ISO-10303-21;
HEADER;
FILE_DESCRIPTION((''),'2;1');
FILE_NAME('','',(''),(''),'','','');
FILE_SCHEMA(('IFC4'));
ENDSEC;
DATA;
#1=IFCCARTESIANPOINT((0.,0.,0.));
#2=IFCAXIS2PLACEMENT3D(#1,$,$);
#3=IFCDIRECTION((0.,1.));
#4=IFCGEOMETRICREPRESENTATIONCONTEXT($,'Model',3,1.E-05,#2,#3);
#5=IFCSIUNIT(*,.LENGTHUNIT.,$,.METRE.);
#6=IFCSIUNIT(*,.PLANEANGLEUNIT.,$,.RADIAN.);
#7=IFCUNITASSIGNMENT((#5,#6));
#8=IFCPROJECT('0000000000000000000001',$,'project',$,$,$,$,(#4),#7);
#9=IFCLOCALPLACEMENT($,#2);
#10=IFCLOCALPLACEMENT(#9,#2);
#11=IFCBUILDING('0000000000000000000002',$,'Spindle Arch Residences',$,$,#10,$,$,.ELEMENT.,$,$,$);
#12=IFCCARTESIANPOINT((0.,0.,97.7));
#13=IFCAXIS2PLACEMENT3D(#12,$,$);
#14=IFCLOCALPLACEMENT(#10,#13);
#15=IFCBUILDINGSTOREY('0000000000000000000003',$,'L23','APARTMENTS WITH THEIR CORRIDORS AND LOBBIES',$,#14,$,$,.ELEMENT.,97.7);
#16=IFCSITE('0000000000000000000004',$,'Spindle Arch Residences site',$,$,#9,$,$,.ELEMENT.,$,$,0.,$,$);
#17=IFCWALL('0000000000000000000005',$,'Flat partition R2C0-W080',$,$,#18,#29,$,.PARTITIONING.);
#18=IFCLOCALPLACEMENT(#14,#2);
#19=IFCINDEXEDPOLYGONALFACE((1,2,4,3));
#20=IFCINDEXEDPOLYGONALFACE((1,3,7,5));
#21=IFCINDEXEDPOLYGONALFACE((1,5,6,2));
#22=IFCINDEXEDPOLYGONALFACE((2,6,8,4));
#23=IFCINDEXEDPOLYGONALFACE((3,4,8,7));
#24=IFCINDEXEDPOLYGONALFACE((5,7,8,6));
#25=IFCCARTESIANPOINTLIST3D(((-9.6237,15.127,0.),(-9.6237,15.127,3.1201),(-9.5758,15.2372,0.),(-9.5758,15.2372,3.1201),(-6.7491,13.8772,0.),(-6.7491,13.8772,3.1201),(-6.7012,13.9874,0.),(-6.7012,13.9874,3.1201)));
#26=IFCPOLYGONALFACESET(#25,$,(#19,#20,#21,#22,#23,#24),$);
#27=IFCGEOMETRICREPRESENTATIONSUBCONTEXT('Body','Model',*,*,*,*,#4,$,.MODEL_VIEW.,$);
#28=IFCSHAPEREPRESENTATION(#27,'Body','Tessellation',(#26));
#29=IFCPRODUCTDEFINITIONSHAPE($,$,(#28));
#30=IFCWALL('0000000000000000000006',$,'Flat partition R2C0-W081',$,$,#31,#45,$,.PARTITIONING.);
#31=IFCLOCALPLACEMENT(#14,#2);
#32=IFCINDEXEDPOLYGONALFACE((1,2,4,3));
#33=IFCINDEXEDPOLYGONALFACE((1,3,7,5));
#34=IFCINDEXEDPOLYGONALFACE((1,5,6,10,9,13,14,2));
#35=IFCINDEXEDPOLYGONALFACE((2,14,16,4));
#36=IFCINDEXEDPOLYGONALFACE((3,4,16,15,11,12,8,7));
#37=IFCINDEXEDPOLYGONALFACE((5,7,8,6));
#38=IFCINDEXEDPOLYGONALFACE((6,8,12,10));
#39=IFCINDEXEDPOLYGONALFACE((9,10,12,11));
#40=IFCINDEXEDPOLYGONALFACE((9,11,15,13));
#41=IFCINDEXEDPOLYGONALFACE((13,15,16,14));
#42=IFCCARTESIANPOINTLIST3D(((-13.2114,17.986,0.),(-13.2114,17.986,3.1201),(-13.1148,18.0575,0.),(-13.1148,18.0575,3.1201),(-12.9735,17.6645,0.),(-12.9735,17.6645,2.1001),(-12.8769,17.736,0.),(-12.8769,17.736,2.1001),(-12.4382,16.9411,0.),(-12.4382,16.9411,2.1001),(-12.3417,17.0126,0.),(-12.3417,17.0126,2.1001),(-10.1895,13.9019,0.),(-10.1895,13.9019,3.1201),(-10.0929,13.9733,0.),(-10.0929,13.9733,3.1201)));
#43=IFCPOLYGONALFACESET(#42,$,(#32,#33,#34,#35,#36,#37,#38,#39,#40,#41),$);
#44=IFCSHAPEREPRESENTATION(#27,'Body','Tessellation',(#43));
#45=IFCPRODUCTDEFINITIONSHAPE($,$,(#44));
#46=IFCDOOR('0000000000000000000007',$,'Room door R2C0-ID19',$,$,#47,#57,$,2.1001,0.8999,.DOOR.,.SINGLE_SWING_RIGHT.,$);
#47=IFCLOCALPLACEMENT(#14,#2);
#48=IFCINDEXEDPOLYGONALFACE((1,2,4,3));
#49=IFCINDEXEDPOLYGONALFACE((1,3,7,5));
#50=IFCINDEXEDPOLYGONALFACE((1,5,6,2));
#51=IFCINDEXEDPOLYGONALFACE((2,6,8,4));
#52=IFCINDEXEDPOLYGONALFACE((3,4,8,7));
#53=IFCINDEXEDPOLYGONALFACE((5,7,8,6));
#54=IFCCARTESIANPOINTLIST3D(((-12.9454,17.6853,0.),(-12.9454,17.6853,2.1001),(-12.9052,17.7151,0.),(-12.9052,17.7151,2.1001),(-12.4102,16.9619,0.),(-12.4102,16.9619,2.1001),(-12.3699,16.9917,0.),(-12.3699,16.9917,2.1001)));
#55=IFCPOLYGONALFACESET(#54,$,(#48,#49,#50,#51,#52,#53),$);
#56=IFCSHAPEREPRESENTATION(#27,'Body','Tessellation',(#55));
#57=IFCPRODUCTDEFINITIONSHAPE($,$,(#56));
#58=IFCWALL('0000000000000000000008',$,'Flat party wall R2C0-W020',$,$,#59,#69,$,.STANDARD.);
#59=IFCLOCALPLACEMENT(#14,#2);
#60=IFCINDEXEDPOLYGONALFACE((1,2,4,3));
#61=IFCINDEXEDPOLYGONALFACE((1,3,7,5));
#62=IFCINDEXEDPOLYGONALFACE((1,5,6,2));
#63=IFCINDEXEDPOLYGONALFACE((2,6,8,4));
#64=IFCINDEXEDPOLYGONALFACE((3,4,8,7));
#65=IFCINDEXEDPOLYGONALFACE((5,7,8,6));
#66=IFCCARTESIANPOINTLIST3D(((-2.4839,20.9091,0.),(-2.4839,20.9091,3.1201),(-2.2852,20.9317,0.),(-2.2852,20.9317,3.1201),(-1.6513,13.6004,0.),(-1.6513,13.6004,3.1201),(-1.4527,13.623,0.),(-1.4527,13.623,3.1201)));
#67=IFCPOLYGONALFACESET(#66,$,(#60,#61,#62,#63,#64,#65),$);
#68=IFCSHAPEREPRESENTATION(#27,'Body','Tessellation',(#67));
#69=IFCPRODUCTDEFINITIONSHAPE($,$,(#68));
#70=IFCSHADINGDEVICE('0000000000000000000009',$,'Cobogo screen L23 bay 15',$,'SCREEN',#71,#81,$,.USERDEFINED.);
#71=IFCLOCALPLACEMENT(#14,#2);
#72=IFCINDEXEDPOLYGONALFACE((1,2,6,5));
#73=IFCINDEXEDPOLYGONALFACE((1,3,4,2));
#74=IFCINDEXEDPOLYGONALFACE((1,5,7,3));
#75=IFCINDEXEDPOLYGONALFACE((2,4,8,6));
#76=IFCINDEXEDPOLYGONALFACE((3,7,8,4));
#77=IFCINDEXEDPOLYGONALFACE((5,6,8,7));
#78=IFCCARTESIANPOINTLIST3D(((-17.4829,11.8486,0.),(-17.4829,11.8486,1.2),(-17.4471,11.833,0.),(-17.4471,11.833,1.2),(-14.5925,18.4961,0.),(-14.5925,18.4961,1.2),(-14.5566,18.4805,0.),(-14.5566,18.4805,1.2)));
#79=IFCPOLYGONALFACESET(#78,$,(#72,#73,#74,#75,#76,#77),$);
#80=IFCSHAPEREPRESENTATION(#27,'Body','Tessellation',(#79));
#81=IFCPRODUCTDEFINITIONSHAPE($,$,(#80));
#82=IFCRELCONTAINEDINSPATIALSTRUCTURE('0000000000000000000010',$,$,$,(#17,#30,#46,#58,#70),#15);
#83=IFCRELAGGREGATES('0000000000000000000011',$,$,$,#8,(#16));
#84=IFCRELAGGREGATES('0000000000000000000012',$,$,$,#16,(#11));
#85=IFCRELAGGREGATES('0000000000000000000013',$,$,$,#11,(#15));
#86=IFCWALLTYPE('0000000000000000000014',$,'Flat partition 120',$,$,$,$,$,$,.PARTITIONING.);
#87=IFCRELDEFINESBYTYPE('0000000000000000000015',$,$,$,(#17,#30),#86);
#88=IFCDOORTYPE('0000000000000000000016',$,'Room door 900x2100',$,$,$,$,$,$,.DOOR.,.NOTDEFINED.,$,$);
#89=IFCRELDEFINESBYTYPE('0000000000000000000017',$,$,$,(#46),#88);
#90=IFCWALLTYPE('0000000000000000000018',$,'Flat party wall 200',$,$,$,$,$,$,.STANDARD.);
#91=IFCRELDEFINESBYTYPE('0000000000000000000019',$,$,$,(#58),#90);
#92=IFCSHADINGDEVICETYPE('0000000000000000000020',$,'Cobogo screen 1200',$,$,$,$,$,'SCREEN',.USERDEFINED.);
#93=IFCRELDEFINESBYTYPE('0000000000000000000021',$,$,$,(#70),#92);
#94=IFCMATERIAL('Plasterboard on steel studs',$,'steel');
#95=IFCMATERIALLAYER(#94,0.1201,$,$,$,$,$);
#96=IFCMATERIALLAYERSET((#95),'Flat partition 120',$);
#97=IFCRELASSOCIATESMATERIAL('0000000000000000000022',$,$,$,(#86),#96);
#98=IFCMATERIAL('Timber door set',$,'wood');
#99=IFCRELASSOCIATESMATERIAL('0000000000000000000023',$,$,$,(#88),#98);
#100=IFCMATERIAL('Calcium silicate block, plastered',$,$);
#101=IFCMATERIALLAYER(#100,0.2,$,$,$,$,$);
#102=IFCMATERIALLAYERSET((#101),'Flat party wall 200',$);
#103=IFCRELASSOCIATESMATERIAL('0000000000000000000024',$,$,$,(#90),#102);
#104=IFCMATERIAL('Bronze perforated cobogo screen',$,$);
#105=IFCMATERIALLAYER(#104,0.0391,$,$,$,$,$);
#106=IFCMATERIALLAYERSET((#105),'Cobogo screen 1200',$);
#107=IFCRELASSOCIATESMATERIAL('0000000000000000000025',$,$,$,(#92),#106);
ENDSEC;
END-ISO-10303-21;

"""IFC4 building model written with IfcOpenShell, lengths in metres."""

from ifc_helpers import new_model, si_unit, direction, frame, frame_2d, origin, origin_2d, place, context, subcontext, project, spatial, rectangle, extrude, material, layer, layer_set, type_object, element, fill, save


model = new_model("IFC4")

# Units and contexts
model_context = context("Model", 3, precision=1e-05, world=origin(), true_north=direction((0.0, 1.0)))
body_context = subcontext(model_context, "Body", "Model", "MODEL_VIEW")
ifc_project = project(units=[si_unit("LENGTHUNIT", "METRE"), si_unit("PLANEANGLEUNIT", "RADIAN")], contexts=[model_context])

# Site, building, storey
site_placement = place(None, origin())
site = spatial("IfcSite", under=ifc_project, at=site_placement, Name="Spindle Arch Residences site", CompositionType="ELEMENT", RefElevation=0.0)
building_placement = place(site_placement, origin())
building = spatial("IfcBuilding", under=site, at=building_placement, Name="Spindle Arch Residences", CompositionType="ELEMENT")
storey_placement = place(building_placement, frame((0.0, 0.0, 97.7)))
storey = spatial("IfcBuildingStorey", under=building, at=storey_placement, Name="L23", Description="APARTMENTS WITH THEIR CORRIDORS AND LOBBIES", CompositionType="ELEMENT", Elevation=97.7)

# Shared definitions
ifc_material_1 = material(Name="Plasterboard on steel studs", Category="steel")
ifc_layer_1 = layer(ifc_material_1, 0.1201)
ifc_layer_set_1 = layer_set([ifc_layer_1], Name="Flat partition 120")
wall_type_1 = type_object("IfcWallType", Name="Flat partition 120", PredefinedType="PARTITIONING", material=ifc_layer_set_1)

# Shared definitions
ifc_material_2 = material(Name="Timber door set", Category="wood")
door_type_1 = type_object("IfcDoorType", Name="Room door 900x2100", OperationType="NOTDEFINED", PredefinedType="DOOR", material=ifc_material_2)

# Wall
wall_1_placement = place(storey_placement, frame((-9.5999, 15.1821, 0.0), z_axis=(0.0, 0.0, 1.0), x_axis=(0.917074, -0.398718, 0.0)))
element("IfcWall", 1, at=wall_1_placement, inside=storey, type_object=wall_type_1, Name="Flat partition R2C0-W080", PredefinedType="PARTITIONING", context=body_context, shape_type="SweptSolid", body=[
    extrude(rectangle(XDim=3.1345, YDim=0.1201, at=frame_2d((1.5674, 0.0))), origin(), (0.0, 0.0, 1.0), 3.1201),
])

# Wall, opening, door
wall_2_placement = place(storey_placement, frame((-13.1631, 18.0217, 0.0), z_axis=(0.0, 0.0, 1.0), x_axis=(0.594798, -0.803875, 0.0)))
wall_2 = element("IfcWall", 2, at=wall_2_placement, inside=storey, type_object=wall_type_1, Name="Flat partition R2C0-W081", PredefinedType="PARTITIONING", context=body_context, shape_type="SweptSolid", body=[
    extrude(rectangle(XDim=5.0806, YDim=0.1201, at=frame_2d((2.5403, 0.0))), origin(), (0.0, 0.0, 1.0), 3.1201),
])
opening_1_placement = place(wall_2_placement, frame((0.3999, 0.0, 0.0)))
opening_1 = element("IfcOpeningElement", 3, at=opening_1_placement, cuts=wall_2, PredefinedType="OPENING", context=body_context, shape_type="SweptSolid", body=[
    extrude(rectangle(XDim=0.8999, YDim=2.1001, at=frame_2d((0.45, 1.05))), frame((0.0, 0.0701, 0.0), z_axis=(0.0, -1.0, 0.0), x_axis=(1.0, 0.0, 0.0)), (0.0, 0.0, 1.0), 0.1401),
])
door_1_placement = place(opening_1_placement, origin())
door_1 = element("IfcDoor", 4, at=door_1_placement, inside=storey, type_object=door_type_1, Name="Room door R2C0-ID19", OperationType="SINGLE_SWING_RIGHT", OverallHeight=2.1001, OverallWidth=0.8999, PredefinedType="DOOR", context=body_context, shape_type="SweptSolid", body=[
    extrude(rectangle(XDim=0.8999, YDim=2.1001, at=frame_2d((0.45, 1.05))), frame((0.0, 0.0249, 0.0), z_axis=(0.0, -1.0, 0.0), x_axis=(1.0, 0.0, 0.0)), (0.0, 0.0, 1.0), 0.05),
])
fill(opening_1, door_1)

# Wall
ifc_material_3 = material(Name="Calcium silicate block, plastered")
ifc_layer_2 = layer(ifc_material_3, 0.2)
ifc_layer_set_2 = layer_set([ifc_layer_2], Name="Flat party wall 200")
wall_type_2 = type_object("IfcWallType", Name="Flat party wall 200", PredefinedType="STANDARD", material=ifc_layer_set_2)
wall_3_placement = place(storey_placement, frame((-2.3845, 20.9204, 0.0), z_axis=(0.0, 0.0, 1.0), x_axis=(0.113178, -0.993575, 0.0)))
element("IfcWall", 5, at=wall_3_placement, inside=storey, type_object=wall_type_2, Name="Flat party wall R2C0-W020", PredefinedType="STANDARD", context=body_context, shape_type="SweptSolid", body=[
    extrude(rectangle(XDim=7.356, YDim=0.2, at=frame_2d((3.678, 0.0))), origin(), (0.0, 0.0, 1.0), 3.1201),
])

# Shading device
ifc_material_4 = material(Name="Bronze perforated cobogo screen")
ifc_layer_3 = layer(ifc_material_4, 0.0391)
ifc_layer_set_3 = layer_set([ifc_layer_3], Name="Cobogo screen 1200")
shading_device_type = type_object("IfcShadingDeviceType", Name="Cobogo screen 1200", ElementType="SCREEN", PredefinedType="USERDEFINED", material=ifc_layer_set_3)
shading_device_placement = place(storey_placement, frame((-16.0198, 15.1646, 0.0), z_axis=(0.0, 0.0, 1.0), x_axis=(-0.398749, -0.91706, 0.0)))
element("IfcShadingDevice", 6, at=shading_device_placement, inside=storey, type_object=shading_device_type, Name="Cobogo screen L23 bay 15", ObjectType="SCREEN", PredefinedType="USERDEFINED", context=body_context, shape_type="SweptSolid", body=[
    extrude(rectangle(XDim=7.2488, YDim=0.0391, at=origin_2d()), origin(), (0.0, 0.0, 1.0), 1.2),
])

save(model, "model.ifc")
